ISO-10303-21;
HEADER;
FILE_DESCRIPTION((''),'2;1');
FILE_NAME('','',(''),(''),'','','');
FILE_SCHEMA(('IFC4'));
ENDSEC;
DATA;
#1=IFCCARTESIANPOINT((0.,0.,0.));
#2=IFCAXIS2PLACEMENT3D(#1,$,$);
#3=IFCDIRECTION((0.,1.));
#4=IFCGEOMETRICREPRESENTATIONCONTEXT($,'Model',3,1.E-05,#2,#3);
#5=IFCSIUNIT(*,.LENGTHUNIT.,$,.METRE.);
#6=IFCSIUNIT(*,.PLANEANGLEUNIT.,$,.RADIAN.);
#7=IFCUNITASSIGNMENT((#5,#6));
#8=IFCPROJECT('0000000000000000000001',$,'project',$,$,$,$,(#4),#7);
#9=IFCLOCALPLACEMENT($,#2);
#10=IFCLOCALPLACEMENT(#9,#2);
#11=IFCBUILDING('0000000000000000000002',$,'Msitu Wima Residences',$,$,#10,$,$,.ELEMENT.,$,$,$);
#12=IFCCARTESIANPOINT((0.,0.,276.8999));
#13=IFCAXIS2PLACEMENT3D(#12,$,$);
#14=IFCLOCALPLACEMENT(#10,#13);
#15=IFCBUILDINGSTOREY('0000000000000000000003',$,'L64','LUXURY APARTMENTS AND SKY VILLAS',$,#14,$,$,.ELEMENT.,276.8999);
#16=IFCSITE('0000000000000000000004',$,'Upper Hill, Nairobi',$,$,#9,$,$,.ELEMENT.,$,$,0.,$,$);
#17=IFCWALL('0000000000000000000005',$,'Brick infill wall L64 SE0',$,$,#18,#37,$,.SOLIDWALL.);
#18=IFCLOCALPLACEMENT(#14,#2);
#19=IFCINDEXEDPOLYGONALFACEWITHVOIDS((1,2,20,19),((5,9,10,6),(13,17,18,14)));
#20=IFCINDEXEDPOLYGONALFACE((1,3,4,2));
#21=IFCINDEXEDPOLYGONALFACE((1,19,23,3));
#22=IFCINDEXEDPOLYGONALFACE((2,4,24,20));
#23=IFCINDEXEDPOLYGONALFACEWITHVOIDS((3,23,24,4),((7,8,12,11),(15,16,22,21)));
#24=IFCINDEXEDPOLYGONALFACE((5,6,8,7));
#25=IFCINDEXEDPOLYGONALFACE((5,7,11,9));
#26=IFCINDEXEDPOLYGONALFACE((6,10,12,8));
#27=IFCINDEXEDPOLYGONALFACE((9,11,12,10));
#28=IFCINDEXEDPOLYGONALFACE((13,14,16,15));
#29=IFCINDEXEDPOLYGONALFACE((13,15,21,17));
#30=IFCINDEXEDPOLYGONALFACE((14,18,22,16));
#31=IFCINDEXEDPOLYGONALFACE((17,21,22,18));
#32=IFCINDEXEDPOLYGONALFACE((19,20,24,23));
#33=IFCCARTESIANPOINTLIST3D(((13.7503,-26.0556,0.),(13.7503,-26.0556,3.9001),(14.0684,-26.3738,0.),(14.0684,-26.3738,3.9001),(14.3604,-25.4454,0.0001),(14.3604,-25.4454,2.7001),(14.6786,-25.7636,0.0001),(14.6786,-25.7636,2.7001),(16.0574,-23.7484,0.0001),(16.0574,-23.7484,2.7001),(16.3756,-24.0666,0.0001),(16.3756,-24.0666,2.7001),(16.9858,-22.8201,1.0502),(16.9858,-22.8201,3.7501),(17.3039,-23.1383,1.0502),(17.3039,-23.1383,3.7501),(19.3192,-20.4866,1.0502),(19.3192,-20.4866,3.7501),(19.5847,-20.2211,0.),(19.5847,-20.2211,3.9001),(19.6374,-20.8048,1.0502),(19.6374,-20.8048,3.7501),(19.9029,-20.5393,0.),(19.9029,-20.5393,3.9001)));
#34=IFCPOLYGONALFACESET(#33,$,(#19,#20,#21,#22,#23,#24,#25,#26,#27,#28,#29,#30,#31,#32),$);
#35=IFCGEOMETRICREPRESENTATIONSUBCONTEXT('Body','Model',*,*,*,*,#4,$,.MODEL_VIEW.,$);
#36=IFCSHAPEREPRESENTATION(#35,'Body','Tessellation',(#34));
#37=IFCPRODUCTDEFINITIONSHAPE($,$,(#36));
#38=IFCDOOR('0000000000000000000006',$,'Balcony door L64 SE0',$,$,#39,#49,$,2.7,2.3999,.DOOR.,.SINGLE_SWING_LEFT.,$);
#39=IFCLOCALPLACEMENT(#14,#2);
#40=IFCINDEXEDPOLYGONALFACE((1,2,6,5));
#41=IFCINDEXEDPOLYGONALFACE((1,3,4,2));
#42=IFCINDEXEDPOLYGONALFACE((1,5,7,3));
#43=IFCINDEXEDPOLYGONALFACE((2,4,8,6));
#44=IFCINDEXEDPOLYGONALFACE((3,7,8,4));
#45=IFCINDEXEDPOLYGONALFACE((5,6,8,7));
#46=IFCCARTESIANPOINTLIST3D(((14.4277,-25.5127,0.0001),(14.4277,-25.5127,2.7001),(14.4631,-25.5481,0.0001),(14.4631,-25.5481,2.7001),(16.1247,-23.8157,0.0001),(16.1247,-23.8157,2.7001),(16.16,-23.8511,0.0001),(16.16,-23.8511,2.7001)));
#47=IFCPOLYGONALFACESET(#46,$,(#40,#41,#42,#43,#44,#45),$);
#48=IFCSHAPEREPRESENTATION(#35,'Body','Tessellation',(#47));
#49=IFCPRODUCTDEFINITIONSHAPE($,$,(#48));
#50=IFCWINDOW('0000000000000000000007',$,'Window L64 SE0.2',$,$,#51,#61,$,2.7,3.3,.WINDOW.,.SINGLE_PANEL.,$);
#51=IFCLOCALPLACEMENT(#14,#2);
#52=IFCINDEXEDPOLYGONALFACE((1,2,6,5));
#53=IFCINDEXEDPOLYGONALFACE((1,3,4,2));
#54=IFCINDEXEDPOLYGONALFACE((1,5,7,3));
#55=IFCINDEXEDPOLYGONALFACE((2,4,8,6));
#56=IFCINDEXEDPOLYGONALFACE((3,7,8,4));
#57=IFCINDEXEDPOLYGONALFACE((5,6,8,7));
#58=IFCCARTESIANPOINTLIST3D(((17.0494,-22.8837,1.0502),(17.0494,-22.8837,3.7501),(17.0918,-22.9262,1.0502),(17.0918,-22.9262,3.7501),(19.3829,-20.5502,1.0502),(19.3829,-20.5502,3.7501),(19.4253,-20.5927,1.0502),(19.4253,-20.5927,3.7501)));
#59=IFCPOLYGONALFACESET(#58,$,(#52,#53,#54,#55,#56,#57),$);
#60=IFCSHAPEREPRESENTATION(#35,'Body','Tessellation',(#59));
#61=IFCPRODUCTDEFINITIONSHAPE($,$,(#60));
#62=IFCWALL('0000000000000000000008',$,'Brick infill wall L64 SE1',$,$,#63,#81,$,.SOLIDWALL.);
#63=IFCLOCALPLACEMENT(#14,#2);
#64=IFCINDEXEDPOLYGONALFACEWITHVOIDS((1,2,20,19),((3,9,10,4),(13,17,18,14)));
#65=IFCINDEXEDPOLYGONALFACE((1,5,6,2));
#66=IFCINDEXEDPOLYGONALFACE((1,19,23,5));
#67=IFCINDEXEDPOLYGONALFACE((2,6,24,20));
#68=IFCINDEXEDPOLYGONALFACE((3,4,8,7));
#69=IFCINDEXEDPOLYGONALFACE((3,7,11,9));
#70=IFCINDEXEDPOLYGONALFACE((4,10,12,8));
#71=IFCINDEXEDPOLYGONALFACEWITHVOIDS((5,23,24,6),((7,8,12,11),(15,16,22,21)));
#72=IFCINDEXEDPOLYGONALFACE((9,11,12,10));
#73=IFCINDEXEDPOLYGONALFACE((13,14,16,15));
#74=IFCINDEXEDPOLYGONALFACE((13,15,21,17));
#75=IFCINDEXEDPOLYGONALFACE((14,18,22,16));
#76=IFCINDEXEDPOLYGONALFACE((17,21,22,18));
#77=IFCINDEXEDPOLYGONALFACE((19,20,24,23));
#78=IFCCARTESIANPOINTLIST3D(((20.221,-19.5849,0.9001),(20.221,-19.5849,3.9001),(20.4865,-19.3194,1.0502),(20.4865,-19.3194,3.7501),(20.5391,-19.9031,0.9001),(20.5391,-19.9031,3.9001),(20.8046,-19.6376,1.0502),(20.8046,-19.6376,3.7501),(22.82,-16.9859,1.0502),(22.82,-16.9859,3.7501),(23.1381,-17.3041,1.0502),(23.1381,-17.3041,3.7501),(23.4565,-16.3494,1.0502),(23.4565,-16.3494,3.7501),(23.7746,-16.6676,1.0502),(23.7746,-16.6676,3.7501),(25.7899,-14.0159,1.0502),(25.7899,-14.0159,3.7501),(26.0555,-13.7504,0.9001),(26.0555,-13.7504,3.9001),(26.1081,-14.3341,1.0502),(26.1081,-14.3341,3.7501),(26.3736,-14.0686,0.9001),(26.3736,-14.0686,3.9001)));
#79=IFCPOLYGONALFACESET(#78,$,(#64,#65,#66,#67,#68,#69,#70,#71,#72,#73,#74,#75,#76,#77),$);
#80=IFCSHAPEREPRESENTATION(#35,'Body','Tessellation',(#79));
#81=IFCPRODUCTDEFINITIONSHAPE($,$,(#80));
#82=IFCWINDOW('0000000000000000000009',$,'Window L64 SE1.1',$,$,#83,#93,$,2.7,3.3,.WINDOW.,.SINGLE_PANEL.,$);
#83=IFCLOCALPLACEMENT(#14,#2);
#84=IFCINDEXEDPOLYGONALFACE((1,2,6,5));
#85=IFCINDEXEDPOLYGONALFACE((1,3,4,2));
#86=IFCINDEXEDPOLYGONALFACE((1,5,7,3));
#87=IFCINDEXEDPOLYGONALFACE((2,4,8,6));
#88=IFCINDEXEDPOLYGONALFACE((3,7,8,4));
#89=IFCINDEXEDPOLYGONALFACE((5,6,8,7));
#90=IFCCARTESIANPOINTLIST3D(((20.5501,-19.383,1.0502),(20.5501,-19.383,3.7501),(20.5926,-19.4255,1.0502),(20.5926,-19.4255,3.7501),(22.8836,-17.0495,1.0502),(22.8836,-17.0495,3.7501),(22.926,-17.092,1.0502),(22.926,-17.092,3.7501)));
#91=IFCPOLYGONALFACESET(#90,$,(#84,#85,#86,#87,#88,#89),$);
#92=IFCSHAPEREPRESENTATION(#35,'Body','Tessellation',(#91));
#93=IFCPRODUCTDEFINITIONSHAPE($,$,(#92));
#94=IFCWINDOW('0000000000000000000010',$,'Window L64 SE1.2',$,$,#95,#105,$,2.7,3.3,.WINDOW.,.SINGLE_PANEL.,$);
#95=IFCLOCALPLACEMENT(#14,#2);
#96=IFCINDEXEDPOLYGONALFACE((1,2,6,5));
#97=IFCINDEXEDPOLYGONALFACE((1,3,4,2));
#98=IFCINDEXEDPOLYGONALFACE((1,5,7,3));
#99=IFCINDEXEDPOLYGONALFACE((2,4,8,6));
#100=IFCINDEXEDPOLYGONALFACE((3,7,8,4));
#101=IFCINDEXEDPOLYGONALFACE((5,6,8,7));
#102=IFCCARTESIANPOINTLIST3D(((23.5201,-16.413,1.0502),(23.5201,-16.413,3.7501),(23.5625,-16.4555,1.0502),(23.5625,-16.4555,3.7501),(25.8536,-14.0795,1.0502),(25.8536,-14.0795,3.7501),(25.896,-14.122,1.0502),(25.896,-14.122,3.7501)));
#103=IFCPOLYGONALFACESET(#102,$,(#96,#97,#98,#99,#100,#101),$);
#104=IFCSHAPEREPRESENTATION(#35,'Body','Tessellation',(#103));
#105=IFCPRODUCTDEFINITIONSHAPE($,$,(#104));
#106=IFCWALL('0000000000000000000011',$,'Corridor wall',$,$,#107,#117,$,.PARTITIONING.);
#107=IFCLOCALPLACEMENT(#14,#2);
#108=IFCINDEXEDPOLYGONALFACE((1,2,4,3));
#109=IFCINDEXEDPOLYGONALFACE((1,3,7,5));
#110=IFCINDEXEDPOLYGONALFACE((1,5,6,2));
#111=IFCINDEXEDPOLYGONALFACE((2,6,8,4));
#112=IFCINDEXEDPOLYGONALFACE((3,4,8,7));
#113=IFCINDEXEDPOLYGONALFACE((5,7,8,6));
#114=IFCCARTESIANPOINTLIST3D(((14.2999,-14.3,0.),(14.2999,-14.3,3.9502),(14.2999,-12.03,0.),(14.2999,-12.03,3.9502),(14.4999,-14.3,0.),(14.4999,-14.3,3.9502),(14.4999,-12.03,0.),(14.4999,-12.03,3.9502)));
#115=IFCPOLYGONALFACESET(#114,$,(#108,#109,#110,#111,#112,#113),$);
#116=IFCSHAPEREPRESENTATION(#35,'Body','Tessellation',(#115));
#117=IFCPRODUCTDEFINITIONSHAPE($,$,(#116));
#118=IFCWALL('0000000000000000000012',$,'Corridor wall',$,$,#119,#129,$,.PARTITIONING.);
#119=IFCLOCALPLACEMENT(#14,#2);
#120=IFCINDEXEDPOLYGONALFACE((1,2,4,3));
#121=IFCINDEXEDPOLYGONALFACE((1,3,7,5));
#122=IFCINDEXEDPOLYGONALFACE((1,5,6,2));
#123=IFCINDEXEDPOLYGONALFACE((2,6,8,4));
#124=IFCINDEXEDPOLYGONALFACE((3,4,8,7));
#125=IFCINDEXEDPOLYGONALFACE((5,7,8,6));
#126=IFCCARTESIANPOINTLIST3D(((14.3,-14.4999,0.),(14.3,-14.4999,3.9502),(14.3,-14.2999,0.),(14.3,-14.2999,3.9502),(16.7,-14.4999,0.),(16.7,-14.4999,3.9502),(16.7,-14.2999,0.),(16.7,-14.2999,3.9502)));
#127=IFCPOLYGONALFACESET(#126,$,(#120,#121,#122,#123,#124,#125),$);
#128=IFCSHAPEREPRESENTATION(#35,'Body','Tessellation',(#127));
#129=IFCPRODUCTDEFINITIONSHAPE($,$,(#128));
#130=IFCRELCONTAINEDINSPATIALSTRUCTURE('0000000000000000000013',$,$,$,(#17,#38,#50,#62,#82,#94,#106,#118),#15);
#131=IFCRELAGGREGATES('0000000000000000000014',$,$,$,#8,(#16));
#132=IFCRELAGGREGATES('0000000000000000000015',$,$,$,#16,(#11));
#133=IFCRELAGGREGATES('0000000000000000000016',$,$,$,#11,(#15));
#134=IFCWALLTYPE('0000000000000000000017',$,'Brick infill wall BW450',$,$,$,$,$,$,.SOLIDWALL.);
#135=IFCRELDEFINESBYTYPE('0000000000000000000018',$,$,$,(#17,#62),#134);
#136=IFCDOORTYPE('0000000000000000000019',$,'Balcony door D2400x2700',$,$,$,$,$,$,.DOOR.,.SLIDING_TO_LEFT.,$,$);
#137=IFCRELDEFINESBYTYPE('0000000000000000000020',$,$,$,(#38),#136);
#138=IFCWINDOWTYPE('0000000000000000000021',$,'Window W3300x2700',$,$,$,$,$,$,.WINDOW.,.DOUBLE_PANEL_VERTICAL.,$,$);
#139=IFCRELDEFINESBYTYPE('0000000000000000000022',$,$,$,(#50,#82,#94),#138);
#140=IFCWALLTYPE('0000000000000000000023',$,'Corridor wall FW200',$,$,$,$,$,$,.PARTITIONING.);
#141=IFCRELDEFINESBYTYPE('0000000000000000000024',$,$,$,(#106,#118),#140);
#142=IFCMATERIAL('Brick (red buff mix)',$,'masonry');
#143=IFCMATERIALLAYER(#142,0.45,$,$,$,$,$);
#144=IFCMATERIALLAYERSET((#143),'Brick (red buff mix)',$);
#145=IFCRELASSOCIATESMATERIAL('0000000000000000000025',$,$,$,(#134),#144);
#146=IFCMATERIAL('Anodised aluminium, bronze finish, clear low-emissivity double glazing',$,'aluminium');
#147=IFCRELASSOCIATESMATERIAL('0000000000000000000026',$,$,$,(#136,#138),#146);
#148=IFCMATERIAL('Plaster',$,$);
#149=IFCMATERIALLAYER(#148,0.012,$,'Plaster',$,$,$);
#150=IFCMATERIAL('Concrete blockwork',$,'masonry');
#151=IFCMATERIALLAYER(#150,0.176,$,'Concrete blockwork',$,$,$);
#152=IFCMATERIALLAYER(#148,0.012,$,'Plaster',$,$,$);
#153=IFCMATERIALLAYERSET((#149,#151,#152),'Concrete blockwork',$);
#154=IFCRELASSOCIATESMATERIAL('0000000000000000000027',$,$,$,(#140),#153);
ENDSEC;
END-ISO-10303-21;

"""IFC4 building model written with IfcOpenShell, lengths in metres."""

from ifc_helpers import new_model, si_unit, direction, frame, frame_2d, origin, place, context, subcontext, project, spatial, rectangle, extrude, material, layer, layer_set, type_object, element, fill, save


model = new_model("IFC4")

# Units and contexts
model_context = context("Model", 3, precision=1e-05, world=origin(), true_north=direction((0.0, 1.0)))
body_context = subcontext(model_context, "Body", "Model", "MODEL_VIEW")
ifc_project = project(units=[si_unit("LENGTHUNIT", "METRE"), si_unit("PLANEANGLEUNIT", "RADIAN")], contexts=[model_context])

# Site, building, storey
site_placement = place(None, origin())
site = spatial("IfcSite", under=ifc_project, at=site_placement, Name="Upper Hill, Nairobi", CompositionType="ELEMENT", RefElevation=0.0)
building_placement = place(site_placement, origin())
building = spatial("IfcBuilding", under=site, at=building_placement, Name="Msitu Wima Residences", CompositionType="ELEMENT")
storey_placement = place(building_placement, frame((0.0, 0.0, 276.8999)))
storey = spatial("IfcBuildingStorey", under=building, at=storey_placement, Name="L64", Description="LUXURY APARTMENTS AND SKY VILLAS", CompositionType="ELEMENT", Elevation=276.8999)

# Wall, openings, door, window
ifc_material_1 = material(Name="Brick (red buff mix)", Category="masonry")
ifc_layer_1 = layer(ifc_material_1, 0.45)
ifc_layer_set_1 = layer_set([ifc_layer_1], Name="Brick (red buff mix)")
wall_type_1 = type_object("IfcWallType", Name="Brick infill wall BW450", PredefinedType="SOLIDWALL", material=ifc_layer_set_1)
wall_1_placement = place(storey_placement, frame((13.9094, -26.2146, 0.0), z_axis=(0.0, 0.0, 1.0), x_axis=(0.707107, 0.707107, 0.0)))
wall_1 = element("IfcWall", 1, at=wall_1_placement, inside=storey, type_object=wall_type_1, Name="Brick infill wall L64 SE0", PredefinedType="SOLIDWALL", context=body_context, shape_type="SweptSolid", body=[
    extrude(rectangle(XDim=8.2512, YDim=0.45, at=frame_2d((4.1255, 0.0))), origin(), (0.0, 0.0, 1.0), 3.9001),
])
opening_1_placement = place(wall_1_placement, frame((0.8628, 0.0, 0.0)))
opening_1 = element("IfcOpeningElement", 2, at=opening_1_placement, cuts=wall_1, PredefinedType="OPENING", context=body_context, shape_type="SweptSolid", body=[
    extrude(rectangle(XDim=2.3999, YDim=2.7, at=frame_2d((1.2, 1.3501))), frame((0.0, 0.2349, 0.0), z_axis=(0.0, -1.0, 0.0), x_axis=(1.0, 0.0, 0.0)), (0.0, 0.0, 1.0), 0.47),
])
opening_2_placement = place(wall_1_placement, frame((4.5757, 0.0, 1.05)))
opening_2 = element("IfcOpeningElement", 3, at=opening_2_placement, cuts=wall_1, PredefinedType="OPENING", context=body_context, shape_type="SweptSolid", body=[
    extrude(rectangle(XDim=3.3, YDim=2.7, at=frame_2d((1.6499, 1.3501))), frame((0.0, 0.2349, 0.0), z_axis=(0.0, -1.0, 0.0), x_axis=(1.0, 0.0, 0.0)), (0.0, 0.0, 1.0), 0.47),
])
ifc_material_2 = material(Name="Anodised aluminium, bronze finish, clear low-emissivity double glazing", Category="aluminium")
door_type_1 = type_object("IfcDoorType", Name="Balcony door D2400x2700", OperationType="SLIDING_TO_LEFT", PredefinedType="DOOR", material=ifc_material_2)
door_1_placement = place(opening_1_placement, origin())
door_1 = element("IfcDoor", 4, at=door_1_placement, inside=storey, type_object=door_type_1, Name="Balcony door L64 SE0", OperationType="SINGLE_SWING_LEFT", OverallHeight=2.7, OverallWidth=2.3999, PredefinedType="DOOR", context=body_context, shape_type="SweptSolid", body=[
    extrude(rectangle(XDim=2.3999, YDim=2.7, at=frame_2d((1.2, 1.3501))), frame((0.0, 0.1299, 0.0), z_axis=(0.0, -1.0, 0.0), x_axis=(1.0, 0.0, 0.0)), (0.0, 0.0, 1.0), 0.05),
])
fill(opening_1, door_1)
window_type = type_object("IfcWindowType", Name="Window W3300x2700", PartitioningType="DOUBLE_PANEL_VERTICAL", PredefinedType="WINDOW", material=ifc_material_2)
window_1_placement = place(opening_2_placement, origin())
window_1 = element("IfcWindow", 5, at=window_1_placement, inside=storey, type_object=window_type, Name="Window L64 SE0.2", OverallHeight=2.7, OverallWidth=3.3, PartitioningType="SINGLE_PANEL", PredefinedType="WINDOW", context=body_context, shape_type="SweptSolid", body=[
    extrude(rectangle(XDim=3.3, YDim=2.7, at=frame_2d((1.6499, 1.3501))), frame((0.0, 0.135, 0.0), z_axis=(0.0, -1.0, 0.0), x_axis=(1.0, 0.0, 0.0)), (0.0, 0.0, 1.0), 0.0601),
])
fill(opening_2, window_1)

# Wall, openings, windows
wall_2_placement = place(storey_placement, frame((20.3801, -19.7439, 0.9001), z_axis=(0.0, 0.0, 1.0), x_axis=(0.707107, 0.707107, 0.0)))
wall_2 = element("IfcWall", 6, at=wall_2_placement, inside=storey, type_object=wall_type_1, Name="Brick infill wall L64 SE1", PredefinedType="SOLIDWALL", context=body_context, shape_type="SweptSolid", body=[
    extrude(rectangle(XDim=8.2512, YDim=0.45, at=frame_2d((4.1255, 0.0))), origin(), (0.0, 0.0, 1.0), 3.0),
])
opening_3_placement = place(wall_2_placement, frame((0.3755, 0.0, 0.1499)))
opening_3 = element("IfcOpeningElement", 7, at=opening_3_placement, cuts=wall_2, PredefinedType="OPENING", context=body_context, shape_type="SweptSolid", body=[
    extrude(rectangle(XDim=3.3, YDim=2.7, at=frame_2d((1.6499, 1.3501))), frame((0.0, 0.2349, 0.0), z_axis=(0.0, -1.0, 0.0), x_axis=(1.0, 0.0, 0.0)), (0.0, 0.0, 1.0), 0.47),
])
opening_4_placement = place(wall_2_placement, frame((4.5757, 0.0, 0.1499)))
opening_4 = element("IfcOpeningElement", 8, at=opening_4_placement, cuts=wall_2, PredefinedType="OPENING", context=body_context, shape_type="SweptSolid", body=[
    extrude(rectangle(XDim=3.3, YDim=2.7, at=frame_2d((1.6499, 1.3501))), frame((0.0, 0.2349, 0.0), z_axis=(0.0, -1.0, 0.0), x_axis=(1.0, 0.0, 0.0)), (0.0, 0.0, 1.0), 0.47),
])
window_2_placement = place(opening_3_placement, origin())
window_2 = element("IfcWindow", 9, at=window_2_placement, inside=storey, type_object=window_type, Name="Window L64 SE1.1", OverallHeight=2.7, OverallWidth=3.3, PartitioningType="SINGLE_PANEL", PredefinedType="WINDOW", context=body_context, shape_type="SweptSolid", body=[
    extrude(rectangle(XDim=3.3, YDim=2.7, at=frame_2d((1.6499, 1.3501))), frame((0.0, 0.135, 0.0), z_axis=(0.0, -1.0, 0.0), x_axis=(1.0, 0.0, 0.0)), (0.0, 0.0, 1.0), 0.0601),
])
fill(opening_3, window_2)
window_3_placement = place(opening_4_placement, origin())
window_3 = element("IfcWindow", 10, at=window_3_placement, inside=storey, type_object=window_type, Name="Window L64 SE1.2", OverallHeight=2.7, OverallWidth=3.3, PartitioningType="SINGLE_PANEL", PredefinedType="WINDOW", context=body_context, shape_type="SweptSolid", body=[
    extrude(rectangle(XDim=3.3, YDim=2.7, at=frame_2d((1.6499, 1.3501))), frame((0.0, 0.135, 0.0), z_axis=(0.0, -1.0, 0.0), x_axis=(1.0, 0.0, 0.0)), (0.0, 0.0, 1.0), 0.0601),
])
fill(opening_4, window_3)

# Walls
ifc_material_3 = material(Name="Plaster")
ifc_layer_2 = layer(ifc_material_3, 0.012, Name="Plaster")
ifc_material_4 = material(Name="Concrete blockwork", Category="masonry")
ifc_layer_3 = layer(ifc_material_4, 0.176, Name="Concrete blockwork")
ifc_layer_4 = layer(ifc_material_3, 0.012, Name="Plaster")
ifc_layer_set_2 = layer_set([ifc_layer_2, ifc_layer_3, ifc_layer_4], Name="Concrete blockwork")
wall_type_2 = type_object("IfcWallType", Name="Corridor wall FW200", PredefinedType="PARTITIONING", material=ifc_layer_set_2)
wall_3_placement = place(storey_placement, frame((14.3999, -14.3, 0.0), z_axis=(0.0, 0.0, 1.0), x_axis=(0.0, 1.0, 0.0)))
element("IfcWall", 11, at=wall_3_placement, inside=storey, type_object=wall_type_2, Name="Corridor wall", PredefinedType="PARTITIONING", context=body_context, shape_type="SweptSolid", body=[
    extrude(rectangle(XDim=2.27, YDim=0.2, at=frame_2d((1.135, 0.0))), origin(), (0.0, 0.0, 1.0), 3.9502),
])
wall_4_placement = place(storey_placement, frame((14.3, -14.3999, 0.0), z_axis=(0.0, 0.0, 1.0), x_axis=(1.0, 0.0, 0.0)))
element("IfcWall", 12, at=wall_4_placement, inside=storey, type_object=wall_type_2, Name="Corridor wall", PredefinedType="PARTITIONING", context=body_context, shape_type="SweptSolid", body=[
    extrude(rectangle(XDim=2.3999, YDim=0.2, at=frame_2d((1.2, 0.0))), origin(), (0.0, 0.0, 1.0), 3.9502),
])

save(model, "model.ifc")
